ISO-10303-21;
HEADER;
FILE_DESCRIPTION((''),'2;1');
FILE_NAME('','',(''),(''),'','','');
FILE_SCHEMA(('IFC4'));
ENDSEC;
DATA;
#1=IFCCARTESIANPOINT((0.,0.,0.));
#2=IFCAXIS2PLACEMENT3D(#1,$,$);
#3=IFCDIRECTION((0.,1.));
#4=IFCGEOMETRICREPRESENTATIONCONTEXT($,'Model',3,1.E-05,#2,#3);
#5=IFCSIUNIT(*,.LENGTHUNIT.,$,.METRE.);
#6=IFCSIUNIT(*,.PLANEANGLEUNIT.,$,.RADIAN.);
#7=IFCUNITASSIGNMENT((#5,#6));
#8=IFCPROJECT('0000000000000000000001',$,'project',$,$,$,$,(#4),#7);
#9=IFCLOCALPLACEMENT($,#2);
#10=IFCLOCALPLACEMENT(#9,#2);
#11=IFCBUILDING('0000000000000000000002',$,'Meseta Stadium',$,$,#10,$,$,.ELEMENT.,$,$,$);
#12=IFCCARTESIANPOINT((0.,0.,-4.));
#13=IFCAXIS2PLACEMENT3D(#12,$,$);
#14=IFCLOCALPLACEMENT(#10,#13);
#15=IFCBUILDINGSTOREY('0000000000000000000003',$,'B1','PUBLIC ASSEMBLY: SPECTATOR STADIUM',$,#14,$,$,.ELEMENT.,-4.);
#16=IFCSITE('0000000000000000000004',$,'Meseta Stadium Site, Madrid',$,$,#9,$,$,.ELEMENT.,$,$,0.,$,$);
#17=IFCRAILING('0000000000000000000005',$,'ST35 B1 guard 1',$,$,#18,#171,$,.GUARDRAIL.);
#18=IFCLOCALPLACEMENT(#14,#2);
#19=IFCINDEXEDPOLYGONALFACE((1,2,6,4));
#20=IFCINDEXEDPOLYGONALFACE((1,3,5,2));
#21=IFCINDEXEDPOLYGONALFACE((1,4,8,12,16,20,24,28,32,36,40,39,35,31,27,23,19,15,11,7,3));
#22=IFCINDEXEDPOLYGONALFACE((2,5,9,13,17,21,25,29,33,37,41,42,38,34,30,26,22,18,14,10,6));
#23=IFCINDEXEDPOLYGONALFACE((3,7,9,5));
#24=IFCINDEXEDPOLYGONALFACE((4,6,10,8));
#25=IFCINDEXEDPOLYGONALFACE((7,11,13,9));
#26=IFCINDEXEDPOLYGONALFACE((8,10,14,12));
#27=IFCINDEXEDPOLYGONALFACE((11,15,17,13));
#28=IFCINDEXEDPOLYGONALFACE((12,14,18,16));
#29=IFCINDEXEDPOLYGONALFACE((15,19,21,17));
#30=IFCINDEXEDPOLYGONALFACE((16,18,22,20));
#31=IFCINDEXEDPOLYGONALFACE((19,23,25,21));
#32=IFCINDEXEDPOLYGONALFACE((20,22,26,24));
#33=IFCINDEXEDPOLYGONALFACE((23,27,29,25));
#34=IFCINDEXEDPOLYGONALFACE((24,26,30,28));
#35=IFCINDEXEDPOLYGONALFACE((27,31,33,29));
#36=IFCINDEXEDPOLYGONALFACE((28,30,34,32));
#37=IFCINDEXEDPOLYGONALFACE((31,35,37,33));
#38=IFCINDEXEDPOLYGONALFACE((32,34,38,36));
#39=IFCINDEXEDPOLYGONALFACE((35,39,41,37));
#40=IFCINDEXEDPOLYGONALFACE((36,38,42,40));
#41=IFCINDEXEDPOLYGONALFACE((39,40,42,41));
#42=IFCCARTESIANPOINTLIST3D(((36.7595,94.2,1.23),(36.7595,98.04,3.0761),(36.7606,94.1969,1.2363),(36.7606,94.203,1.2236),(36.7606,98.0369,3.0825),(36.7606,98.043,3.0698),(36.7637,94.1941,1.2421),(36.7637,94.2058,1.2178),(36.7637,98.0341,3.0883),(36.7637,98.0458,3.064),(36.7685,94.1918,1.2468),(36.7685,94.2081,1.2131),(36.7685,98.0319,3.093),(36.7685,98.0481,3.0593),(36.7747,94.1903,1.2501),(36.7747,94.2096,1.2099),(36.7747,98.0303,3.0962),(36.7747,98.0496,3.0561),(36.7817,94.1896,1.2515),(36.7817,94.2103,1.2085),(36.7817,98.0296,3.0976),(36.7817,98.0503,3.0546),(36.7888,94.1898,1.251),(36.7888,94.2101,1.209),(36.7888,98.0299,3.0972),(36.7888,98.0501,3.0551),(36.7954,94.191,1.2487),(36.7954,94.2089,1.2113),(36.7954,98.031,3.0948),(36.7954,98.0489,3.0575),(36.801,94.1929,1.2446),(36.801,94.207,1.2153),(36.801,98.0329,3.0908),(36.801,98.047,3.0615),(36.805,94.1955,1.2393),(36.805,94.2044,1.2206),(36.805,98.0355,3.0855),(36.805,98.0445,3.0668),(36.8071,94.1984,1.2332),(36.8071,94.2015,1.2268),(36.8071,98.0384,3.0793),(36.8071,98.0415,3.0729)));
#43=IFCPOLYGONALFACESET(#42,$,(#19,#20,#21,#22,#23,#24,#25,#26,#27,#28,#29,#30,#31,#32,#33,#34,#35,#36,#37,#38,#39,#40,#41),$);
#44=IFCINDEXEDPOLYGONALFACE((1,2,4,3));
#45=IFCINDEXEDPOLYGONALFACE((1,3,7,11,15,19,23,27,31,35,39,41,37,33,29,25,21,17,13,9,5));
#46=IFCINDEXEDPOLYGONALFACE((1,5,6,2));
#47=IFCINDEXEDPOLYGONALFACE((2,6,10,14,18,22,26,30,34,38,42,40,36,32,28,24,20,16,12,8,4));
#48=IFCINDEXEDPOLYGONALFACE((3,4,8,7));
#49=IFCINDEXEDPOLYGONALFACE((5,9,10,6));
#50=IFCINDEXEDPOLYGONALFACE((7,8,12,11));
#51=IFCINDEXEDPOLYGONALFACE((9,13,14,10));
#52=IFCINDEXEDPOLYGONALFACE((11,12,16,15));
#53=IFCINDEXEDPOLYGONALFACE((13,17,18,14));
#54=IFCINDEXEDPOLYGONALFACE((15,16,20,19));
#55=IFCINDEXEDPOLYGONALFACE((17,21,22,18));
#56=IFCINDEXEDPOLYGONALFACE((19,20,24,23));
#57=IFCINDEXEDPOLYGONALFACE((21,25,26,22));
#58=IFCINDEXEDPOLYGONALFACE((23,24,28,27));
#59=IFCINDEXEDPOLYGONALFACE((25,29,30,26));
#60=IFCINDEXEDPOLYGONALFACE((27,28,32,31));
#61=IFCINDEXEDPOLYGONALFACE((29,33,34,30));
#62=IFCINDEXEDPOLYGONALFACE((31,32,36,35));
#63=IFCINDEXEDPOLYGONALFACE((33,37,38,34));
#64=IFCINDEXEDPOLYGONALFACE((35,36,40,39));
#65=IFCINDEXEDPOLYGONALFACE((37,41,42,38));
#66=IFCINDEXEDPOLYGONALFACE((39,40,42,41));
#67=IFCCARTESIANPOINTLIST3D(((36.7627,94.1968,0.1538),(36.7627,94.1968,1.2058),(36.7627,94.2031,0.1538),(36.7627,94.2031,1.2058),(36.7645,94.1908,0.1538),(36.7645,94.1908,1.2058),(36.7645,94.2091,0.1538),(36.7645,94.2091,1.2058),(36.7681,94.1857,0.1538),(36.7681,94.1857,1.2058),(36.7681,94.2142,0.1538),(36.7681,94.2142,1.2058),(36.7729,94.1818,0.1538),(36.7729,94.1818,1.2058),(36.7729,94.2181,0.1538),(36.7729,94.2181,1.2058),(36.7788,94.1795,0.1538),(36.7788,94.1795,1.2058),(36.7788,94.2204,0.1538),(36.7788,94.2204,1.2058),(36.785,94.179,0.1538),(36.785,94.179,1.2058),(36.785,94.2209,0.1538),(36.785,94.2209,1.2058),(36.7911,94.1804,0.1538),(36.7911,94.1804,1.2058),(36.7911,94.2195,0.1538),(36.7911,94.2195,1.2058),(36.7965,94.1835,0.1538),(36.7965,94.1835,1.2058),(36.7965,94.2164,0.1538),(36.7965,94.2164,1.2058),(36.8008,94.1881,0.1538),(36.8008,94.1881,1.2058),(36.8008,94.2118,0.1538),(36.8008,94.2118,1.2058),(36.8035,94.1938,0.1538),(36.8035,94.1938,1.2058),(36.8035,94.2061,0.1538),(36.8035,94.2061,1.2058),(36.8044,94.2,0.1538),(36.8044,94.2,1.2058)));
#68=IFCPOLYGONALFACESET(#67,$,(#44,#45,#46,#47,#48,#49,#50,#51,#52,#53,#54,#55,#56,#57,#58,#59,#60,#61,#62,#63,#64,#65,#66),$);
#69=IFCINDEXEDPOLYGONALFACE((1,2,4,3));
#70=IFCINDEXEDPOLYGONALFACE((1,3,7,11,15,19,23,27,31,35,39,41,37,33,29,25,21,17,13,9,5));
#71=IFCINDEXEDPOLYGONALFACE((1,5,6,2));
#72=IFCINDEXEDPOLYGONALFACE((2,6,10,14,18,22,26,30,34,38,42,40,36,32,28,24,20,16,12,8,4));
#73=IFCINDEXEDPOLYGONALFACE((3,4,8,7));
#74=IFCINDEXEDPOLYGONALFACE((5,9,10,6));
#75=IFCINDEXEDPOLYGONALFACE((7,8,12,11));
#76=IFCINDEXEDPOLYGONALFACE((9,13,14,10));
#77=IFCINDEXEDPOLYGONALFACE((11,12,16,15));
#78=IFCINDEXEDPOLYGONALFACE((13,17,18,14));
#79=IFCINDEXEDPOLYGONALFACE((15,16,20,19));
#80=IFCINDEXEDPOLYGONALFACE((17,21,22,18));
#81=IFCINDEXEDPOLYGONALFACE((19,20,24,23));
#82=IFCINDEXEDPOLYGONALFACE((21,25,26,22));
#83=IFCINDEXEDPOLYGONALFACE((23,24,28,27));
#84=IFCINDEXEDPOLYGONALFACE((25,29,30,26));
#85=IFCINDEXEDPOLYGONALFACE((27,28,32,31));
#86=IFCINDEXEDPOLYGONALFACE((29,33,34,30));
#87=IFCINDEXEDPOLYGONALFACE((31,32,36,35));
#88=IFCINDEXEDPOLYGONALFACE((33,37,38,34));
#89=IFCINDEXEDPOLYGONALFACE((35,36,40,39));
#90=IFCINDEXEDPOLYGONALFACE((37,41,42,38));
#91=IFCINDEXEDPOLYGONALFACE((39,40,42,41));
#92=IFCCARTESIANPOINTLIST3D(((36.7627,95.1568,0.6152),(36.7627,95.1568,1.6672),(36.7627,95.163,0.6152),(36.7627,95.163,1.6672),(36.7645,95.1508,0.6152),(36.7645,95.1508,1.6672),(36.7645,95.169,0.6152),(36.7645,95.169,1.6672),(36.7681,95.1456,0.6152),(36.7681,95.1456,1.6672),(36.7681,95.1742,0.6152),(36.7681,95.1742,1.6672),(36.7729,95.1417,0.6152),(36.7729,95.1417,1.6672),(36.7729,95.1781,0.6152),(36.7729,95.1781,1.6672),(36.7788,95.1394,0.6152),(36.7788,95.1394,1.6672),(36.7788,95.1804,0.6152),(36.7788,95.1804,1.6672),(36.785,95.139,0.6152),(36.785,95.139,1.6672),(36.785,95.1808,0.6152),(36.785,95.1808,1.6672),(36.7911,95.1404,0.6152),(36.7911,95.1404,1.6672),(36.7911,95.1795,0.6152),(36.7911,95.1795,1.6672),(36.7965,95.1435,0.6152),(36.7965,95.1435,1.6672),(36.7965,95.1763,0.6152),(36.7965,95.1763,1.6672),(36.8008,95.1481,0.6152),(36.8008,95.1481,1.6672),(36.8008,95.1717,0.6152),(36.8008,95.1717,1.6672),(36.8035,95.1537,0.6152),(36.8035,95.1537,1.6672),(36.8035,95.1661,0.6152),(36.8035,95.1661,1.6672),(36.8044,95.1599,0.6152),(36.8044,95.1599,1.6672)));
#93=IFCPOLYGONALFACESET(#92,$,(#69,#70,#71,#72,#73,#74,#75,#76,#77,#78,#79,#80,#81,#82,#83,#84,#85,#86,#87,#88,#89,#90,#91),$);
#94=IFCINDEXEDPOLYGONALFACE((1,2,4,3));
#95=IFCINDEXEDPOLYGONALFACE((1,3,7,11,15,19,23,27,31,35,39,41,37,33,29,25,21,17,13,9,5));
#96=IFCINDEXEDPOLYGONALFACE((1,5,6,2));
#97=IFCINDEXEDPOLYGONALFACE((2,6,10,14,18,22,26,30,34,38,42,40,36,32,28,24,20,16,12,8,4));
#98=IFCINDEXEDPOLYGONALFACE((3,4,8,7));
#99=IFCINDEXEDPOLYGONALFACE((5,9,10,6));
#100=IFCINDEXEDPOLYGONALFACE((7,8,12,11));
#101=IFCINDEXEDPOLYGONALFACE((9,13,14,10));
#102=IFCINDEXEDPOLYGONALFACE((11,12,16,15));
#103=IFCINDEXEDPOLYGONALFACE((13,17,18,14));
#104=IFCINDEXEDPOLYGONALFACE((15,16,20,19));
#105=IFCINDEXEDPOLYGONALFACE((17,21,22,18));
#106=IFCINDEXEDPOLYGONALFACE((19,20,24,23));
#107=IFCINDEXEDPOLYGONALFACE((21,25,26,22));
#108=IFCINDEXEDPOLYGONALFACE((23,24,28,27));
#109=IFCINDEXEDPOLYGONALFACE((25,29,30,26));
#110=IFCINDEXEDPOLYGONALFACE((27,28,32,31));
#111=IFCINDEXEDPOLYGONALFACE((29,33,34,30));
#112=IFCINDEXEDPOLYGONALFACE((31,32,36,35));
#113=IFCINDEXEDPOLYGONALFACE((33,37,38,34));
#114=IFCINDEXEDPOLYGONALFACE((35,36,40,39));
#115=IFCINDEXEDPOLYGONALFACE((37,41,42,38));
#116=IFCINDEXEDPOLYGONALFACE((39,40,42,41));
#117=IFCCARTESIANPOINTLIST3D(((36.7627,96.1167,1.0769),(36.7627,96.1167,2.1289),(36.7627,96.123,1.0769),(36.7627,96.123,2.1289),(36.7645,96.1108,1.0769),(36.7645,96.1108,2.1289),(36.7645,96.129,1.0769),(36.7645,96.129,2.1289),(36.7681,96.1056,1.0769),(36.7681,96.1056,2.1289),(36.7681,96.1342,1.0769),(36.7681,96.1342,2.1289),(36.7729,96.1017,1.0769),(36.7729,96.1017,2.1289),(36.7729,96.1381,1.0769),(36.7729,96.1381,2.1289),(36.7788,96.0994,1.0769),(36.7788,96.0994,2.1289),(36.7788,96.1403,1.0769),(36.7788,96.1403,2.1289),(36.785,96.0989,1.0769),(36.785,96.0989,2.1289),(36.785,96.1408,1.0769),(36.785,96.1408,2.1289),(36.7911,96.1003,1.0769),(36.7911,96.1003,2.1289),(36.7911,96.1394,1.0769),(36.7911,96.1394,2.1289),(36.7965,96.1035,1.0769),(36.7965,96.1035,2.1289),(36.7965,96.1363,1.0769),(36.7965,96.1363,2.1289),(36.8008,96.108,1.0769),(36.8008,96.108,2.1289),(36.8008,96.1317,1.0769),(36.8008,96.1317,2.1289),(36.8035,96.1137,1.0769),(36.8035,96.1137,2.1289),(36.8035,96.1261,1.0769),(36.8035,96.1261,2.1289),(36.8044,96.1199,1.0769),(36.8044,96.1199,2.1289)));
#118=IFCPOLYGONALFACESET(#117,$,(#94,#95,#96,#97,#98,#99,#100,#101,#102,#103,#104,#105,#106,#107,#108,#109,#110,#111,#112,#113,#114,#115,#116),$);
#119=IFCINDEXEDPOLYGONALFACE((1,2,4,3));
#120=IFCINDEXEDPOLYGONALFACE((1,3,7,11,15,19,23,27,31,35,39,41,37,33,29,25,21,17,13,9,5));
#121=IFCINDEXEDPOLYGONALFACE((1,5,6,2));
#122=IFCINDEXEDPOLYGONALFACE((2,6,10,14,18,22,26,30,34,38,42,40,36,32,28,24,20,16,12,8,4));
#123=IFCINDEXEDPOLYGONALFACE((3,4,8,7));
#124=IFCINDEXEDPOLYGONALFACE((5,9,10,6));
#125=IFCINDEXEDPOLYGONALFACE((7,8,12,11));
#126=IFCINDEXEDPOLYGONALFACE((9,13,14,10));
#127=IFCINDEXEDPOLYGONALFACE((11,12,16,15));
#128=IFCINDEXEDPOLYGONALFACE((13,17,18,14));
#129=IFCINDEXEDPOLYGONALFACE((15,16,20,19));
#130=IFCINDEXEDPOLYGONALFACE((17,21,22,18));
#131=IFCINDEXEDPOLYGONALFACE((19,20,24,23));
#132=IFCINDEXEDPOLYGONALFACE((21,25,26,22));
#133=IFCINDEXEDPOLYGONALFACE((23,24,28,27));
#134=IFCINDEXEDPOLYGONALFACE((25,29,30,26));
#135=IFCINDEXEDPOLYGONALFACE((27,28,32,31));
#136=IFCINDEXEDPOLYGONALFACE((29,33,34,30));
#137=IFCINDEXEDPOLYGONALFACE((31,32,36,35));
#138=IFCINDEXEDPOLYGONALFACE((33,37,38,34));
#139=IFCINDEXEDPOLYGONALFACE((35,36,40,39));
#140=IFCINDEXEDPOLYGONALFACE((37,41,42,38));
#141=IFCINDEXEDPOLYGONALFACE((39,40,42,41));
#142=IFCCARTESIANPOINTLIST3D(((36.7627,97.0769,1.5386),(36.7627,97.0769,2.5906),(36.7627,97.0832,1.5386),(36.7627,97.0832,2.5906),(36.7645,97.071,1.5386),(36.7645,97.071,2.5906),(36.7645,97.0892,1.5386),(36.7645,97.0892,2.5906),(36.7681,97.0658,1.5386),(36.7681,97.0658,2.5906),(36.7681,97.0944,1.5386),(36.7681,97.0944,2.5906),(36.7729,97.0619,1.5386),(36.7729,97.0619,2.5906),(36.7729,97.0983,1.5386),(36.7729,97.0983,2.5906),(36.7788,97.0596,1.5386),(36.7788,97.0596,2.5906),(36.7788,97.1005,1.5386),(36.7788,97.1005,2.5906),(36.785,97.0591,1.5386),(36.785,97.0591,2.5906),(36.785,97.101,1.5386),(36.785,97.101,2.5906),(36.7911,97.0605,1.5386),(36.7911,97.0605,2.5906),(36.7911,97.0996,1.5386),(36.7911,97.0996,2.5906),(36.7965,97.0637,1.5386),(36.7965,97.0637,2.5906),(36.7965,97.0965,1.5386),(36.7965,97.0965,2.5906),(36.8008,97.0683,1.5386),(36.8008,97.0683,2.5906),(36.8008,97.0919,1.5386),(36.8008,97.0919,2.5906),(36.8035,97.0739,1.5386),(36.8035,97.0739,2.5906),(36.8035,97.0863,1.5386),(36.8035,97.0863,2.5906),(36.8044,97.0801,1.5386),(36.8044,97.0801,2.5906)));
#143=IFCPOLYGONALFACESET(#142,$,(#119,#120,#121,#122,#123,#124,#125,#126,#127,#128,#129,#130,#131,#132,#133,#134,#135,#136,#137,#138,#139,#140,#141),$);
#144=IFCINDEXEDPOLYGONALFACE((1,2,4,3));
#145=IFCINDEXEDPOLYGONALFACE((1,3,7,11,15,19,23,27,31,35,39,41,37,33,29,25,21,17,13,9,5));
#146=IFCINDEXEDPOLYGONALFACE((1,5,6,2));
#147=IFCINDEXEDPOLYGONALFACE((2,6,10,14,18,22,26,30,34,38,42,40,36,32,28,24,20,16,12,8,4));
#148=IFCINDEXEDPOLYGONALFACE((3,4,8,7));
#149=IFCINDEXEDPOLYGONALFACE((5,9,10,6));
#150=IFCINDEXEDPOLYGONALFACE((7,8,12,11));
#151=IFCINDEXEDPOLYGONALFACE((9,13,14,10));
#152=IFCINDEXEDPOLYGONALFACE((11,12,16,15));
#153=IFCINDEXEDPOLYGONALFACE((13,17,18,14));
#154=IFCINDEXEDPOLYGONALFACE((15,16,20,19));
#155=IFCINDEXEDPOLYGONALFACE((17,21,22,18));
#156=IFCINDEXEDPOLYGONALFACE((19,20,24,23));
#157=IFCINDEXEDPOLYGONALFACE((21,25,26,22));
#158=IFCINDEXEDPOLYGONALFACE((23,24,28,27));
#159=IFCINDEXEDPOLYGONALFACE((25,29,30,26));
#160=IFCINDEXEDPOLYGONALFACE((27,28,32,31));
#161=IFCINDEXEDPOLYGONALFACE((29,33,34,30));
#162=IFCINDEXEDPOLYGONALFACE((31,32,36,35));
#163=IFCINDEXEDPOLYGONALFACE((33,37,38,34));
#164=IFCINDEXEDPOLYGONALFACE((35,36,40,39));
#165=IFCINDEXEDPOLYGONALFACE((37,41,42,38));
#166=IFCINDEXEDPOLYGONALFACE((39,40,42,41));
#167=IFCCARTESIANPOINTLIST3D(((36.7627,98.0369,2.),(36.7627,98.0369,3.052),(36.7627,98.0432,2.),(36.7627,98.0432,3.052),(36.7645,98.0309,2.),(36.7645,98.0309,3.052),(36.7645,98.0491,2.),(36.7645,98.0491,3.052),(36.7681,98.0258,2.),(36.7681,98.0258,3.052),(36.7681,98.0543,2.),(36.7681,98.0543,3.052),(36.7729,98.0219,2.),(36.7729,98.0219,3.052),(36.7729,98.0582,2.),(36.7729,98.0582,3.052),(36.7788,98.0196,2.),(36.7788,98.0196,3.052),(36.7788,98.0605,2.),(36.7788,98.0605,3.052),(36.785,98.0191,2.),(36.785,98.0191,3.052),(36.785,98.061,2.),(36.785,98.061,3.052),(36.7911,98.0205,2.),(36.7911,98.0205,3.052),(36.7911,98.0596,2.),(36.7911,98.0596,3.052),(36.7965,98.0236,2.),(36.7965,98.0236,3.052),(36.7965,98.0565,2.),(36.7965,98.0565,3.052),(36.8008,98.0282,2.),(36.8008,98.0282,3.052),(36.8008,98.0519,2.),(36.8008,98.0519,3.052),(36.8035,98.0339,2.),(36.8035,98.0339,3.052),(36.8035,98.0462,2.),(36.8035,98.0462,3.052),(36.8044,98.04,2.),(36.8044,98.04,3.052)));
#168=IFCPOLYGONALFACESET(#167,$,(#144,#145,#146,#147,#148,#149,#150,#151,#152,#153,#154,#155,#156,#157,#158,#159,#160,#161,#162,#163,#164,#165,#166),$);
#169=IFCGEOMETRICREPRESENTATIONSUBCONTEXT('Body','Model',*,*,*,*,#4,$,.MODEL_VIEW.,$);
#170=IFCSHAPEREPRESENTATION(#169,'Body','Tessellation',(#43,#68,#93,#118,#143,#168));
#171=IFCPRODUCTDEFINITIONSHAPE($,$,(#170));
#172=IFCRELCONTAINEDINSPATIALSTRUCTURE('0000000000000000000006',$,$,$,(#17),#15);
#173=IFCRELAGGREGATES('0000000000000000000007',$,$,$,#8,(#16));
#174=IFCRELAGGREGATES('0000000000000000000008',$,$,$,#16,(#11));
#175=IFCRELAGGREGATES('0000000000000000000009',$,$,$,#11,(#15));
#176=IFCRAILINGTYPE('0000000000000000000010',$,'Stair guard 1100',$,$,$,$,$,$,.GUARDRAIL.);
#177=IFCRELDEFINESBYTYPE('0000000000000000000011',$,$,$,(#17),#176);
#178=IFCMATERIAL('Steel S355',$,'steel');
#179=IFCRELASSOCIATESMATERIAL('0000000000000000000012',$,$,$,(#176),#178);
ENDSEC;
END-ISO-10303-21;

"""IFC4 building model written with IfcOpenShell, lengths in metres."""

from ifc_helpers import new_model, si_unit, direction, frame, origin, origin_2d, place, context, subcontext, project, spatial, circle, extrude, material, type_object, element, save


model = new_model("IFC4")

# Units and contexts
model_context = context("Model", 3, precision=1e-05, world=origin(), true_north=direction((0.0, 1.0)))
body_context = subcontext(model_context, "Body", "Model", "MODEL_VIEW")
ifc_project = project(units=[si_unit("LENGTHUNIT", "METRE"), si_unit("PLANEANGLEUNIT", "RADIAN")], contexts=[model_context])

# Site, building, storey
site_placement = place(None, origin())
site = spatial("IfcSite", under=ifc_project, at=site_placement, Name="Meseta Stadium Site, Madrid", CompositionType="ELEMENT", RefElevation=0.0)
building_placement = place(site_placement, origin())
building = spatial("IfcBuilding", under=site, at=building_placement, Name="Meseta Stadium", CompositionType="ELEMENT")
storey_placement = place(building_placement, frame((0.0, 0.0, -4.0)))
storey = spatial("IfcBuildingStorey", under=building, at=storey_placement, Name="B1", Description="PUBLIC ASSEMBLY: SPECTATOR STADIUM", CompositionType="ELEMENT", Elevation=-4.0)

# Railing
ifc_material_1 = material(Name="Steel S355", Category="steel")
railing_type_1 = type_object("IfcRailingType", Name="Stair guard 1100", PredefinedType="GUARDRAIL", material=ifc_material_1)
railing_1_placement = place(storey_placement, frame((36.7834, 94.2, 0.1538)))
element("IfcRailing", 1, at=railing_1_placement, inside=storey, type_object=railing_type_1, Name="ST35 B1 guard 1", PredefinedType="GUARDRAIL", context=body_context, shape_type="SweptSolid", body=[
    extrude(circle(Radius=0.0239, at=origin_2d()), frame((0.0, 0.0, 1.0762), z_axis=(0.0, 0.901253, 0.433294), x_axis=(-1.0, 0.0, 0.0)), (0.0, 0.0, 1.0), 4.2607),
    extrude(circle(Radius=0.021, at=origin_2d()), origin(), (0.0, 0.0, 1.0), 1.052),
    extrude(circle(Radius=0.021, at=origin_2d()), frame((0.0, 0.96, 0.4614)), (0.0, 0.0, 1.0), 1.052),
    extrude(circle(Radius=0.021, at=origin_2d()), frame((0.0, 1.9199, 0.9231)), (0.0, 0.0, 1.0), 1.052),
    extrude(circle(Radius=0.021, at=origin_2d()), frame((0.0, 2.8801, 1.3848)), (0.0, 0.0, 1.0), 1.052),
    extrude(circle(Radius=0.021, at=origin_2d()), frame((0.0, 3.8401, 1.8462)), (0.0, 0.0, 1.0), 1.052),
])

save(model, "model.ifc")
